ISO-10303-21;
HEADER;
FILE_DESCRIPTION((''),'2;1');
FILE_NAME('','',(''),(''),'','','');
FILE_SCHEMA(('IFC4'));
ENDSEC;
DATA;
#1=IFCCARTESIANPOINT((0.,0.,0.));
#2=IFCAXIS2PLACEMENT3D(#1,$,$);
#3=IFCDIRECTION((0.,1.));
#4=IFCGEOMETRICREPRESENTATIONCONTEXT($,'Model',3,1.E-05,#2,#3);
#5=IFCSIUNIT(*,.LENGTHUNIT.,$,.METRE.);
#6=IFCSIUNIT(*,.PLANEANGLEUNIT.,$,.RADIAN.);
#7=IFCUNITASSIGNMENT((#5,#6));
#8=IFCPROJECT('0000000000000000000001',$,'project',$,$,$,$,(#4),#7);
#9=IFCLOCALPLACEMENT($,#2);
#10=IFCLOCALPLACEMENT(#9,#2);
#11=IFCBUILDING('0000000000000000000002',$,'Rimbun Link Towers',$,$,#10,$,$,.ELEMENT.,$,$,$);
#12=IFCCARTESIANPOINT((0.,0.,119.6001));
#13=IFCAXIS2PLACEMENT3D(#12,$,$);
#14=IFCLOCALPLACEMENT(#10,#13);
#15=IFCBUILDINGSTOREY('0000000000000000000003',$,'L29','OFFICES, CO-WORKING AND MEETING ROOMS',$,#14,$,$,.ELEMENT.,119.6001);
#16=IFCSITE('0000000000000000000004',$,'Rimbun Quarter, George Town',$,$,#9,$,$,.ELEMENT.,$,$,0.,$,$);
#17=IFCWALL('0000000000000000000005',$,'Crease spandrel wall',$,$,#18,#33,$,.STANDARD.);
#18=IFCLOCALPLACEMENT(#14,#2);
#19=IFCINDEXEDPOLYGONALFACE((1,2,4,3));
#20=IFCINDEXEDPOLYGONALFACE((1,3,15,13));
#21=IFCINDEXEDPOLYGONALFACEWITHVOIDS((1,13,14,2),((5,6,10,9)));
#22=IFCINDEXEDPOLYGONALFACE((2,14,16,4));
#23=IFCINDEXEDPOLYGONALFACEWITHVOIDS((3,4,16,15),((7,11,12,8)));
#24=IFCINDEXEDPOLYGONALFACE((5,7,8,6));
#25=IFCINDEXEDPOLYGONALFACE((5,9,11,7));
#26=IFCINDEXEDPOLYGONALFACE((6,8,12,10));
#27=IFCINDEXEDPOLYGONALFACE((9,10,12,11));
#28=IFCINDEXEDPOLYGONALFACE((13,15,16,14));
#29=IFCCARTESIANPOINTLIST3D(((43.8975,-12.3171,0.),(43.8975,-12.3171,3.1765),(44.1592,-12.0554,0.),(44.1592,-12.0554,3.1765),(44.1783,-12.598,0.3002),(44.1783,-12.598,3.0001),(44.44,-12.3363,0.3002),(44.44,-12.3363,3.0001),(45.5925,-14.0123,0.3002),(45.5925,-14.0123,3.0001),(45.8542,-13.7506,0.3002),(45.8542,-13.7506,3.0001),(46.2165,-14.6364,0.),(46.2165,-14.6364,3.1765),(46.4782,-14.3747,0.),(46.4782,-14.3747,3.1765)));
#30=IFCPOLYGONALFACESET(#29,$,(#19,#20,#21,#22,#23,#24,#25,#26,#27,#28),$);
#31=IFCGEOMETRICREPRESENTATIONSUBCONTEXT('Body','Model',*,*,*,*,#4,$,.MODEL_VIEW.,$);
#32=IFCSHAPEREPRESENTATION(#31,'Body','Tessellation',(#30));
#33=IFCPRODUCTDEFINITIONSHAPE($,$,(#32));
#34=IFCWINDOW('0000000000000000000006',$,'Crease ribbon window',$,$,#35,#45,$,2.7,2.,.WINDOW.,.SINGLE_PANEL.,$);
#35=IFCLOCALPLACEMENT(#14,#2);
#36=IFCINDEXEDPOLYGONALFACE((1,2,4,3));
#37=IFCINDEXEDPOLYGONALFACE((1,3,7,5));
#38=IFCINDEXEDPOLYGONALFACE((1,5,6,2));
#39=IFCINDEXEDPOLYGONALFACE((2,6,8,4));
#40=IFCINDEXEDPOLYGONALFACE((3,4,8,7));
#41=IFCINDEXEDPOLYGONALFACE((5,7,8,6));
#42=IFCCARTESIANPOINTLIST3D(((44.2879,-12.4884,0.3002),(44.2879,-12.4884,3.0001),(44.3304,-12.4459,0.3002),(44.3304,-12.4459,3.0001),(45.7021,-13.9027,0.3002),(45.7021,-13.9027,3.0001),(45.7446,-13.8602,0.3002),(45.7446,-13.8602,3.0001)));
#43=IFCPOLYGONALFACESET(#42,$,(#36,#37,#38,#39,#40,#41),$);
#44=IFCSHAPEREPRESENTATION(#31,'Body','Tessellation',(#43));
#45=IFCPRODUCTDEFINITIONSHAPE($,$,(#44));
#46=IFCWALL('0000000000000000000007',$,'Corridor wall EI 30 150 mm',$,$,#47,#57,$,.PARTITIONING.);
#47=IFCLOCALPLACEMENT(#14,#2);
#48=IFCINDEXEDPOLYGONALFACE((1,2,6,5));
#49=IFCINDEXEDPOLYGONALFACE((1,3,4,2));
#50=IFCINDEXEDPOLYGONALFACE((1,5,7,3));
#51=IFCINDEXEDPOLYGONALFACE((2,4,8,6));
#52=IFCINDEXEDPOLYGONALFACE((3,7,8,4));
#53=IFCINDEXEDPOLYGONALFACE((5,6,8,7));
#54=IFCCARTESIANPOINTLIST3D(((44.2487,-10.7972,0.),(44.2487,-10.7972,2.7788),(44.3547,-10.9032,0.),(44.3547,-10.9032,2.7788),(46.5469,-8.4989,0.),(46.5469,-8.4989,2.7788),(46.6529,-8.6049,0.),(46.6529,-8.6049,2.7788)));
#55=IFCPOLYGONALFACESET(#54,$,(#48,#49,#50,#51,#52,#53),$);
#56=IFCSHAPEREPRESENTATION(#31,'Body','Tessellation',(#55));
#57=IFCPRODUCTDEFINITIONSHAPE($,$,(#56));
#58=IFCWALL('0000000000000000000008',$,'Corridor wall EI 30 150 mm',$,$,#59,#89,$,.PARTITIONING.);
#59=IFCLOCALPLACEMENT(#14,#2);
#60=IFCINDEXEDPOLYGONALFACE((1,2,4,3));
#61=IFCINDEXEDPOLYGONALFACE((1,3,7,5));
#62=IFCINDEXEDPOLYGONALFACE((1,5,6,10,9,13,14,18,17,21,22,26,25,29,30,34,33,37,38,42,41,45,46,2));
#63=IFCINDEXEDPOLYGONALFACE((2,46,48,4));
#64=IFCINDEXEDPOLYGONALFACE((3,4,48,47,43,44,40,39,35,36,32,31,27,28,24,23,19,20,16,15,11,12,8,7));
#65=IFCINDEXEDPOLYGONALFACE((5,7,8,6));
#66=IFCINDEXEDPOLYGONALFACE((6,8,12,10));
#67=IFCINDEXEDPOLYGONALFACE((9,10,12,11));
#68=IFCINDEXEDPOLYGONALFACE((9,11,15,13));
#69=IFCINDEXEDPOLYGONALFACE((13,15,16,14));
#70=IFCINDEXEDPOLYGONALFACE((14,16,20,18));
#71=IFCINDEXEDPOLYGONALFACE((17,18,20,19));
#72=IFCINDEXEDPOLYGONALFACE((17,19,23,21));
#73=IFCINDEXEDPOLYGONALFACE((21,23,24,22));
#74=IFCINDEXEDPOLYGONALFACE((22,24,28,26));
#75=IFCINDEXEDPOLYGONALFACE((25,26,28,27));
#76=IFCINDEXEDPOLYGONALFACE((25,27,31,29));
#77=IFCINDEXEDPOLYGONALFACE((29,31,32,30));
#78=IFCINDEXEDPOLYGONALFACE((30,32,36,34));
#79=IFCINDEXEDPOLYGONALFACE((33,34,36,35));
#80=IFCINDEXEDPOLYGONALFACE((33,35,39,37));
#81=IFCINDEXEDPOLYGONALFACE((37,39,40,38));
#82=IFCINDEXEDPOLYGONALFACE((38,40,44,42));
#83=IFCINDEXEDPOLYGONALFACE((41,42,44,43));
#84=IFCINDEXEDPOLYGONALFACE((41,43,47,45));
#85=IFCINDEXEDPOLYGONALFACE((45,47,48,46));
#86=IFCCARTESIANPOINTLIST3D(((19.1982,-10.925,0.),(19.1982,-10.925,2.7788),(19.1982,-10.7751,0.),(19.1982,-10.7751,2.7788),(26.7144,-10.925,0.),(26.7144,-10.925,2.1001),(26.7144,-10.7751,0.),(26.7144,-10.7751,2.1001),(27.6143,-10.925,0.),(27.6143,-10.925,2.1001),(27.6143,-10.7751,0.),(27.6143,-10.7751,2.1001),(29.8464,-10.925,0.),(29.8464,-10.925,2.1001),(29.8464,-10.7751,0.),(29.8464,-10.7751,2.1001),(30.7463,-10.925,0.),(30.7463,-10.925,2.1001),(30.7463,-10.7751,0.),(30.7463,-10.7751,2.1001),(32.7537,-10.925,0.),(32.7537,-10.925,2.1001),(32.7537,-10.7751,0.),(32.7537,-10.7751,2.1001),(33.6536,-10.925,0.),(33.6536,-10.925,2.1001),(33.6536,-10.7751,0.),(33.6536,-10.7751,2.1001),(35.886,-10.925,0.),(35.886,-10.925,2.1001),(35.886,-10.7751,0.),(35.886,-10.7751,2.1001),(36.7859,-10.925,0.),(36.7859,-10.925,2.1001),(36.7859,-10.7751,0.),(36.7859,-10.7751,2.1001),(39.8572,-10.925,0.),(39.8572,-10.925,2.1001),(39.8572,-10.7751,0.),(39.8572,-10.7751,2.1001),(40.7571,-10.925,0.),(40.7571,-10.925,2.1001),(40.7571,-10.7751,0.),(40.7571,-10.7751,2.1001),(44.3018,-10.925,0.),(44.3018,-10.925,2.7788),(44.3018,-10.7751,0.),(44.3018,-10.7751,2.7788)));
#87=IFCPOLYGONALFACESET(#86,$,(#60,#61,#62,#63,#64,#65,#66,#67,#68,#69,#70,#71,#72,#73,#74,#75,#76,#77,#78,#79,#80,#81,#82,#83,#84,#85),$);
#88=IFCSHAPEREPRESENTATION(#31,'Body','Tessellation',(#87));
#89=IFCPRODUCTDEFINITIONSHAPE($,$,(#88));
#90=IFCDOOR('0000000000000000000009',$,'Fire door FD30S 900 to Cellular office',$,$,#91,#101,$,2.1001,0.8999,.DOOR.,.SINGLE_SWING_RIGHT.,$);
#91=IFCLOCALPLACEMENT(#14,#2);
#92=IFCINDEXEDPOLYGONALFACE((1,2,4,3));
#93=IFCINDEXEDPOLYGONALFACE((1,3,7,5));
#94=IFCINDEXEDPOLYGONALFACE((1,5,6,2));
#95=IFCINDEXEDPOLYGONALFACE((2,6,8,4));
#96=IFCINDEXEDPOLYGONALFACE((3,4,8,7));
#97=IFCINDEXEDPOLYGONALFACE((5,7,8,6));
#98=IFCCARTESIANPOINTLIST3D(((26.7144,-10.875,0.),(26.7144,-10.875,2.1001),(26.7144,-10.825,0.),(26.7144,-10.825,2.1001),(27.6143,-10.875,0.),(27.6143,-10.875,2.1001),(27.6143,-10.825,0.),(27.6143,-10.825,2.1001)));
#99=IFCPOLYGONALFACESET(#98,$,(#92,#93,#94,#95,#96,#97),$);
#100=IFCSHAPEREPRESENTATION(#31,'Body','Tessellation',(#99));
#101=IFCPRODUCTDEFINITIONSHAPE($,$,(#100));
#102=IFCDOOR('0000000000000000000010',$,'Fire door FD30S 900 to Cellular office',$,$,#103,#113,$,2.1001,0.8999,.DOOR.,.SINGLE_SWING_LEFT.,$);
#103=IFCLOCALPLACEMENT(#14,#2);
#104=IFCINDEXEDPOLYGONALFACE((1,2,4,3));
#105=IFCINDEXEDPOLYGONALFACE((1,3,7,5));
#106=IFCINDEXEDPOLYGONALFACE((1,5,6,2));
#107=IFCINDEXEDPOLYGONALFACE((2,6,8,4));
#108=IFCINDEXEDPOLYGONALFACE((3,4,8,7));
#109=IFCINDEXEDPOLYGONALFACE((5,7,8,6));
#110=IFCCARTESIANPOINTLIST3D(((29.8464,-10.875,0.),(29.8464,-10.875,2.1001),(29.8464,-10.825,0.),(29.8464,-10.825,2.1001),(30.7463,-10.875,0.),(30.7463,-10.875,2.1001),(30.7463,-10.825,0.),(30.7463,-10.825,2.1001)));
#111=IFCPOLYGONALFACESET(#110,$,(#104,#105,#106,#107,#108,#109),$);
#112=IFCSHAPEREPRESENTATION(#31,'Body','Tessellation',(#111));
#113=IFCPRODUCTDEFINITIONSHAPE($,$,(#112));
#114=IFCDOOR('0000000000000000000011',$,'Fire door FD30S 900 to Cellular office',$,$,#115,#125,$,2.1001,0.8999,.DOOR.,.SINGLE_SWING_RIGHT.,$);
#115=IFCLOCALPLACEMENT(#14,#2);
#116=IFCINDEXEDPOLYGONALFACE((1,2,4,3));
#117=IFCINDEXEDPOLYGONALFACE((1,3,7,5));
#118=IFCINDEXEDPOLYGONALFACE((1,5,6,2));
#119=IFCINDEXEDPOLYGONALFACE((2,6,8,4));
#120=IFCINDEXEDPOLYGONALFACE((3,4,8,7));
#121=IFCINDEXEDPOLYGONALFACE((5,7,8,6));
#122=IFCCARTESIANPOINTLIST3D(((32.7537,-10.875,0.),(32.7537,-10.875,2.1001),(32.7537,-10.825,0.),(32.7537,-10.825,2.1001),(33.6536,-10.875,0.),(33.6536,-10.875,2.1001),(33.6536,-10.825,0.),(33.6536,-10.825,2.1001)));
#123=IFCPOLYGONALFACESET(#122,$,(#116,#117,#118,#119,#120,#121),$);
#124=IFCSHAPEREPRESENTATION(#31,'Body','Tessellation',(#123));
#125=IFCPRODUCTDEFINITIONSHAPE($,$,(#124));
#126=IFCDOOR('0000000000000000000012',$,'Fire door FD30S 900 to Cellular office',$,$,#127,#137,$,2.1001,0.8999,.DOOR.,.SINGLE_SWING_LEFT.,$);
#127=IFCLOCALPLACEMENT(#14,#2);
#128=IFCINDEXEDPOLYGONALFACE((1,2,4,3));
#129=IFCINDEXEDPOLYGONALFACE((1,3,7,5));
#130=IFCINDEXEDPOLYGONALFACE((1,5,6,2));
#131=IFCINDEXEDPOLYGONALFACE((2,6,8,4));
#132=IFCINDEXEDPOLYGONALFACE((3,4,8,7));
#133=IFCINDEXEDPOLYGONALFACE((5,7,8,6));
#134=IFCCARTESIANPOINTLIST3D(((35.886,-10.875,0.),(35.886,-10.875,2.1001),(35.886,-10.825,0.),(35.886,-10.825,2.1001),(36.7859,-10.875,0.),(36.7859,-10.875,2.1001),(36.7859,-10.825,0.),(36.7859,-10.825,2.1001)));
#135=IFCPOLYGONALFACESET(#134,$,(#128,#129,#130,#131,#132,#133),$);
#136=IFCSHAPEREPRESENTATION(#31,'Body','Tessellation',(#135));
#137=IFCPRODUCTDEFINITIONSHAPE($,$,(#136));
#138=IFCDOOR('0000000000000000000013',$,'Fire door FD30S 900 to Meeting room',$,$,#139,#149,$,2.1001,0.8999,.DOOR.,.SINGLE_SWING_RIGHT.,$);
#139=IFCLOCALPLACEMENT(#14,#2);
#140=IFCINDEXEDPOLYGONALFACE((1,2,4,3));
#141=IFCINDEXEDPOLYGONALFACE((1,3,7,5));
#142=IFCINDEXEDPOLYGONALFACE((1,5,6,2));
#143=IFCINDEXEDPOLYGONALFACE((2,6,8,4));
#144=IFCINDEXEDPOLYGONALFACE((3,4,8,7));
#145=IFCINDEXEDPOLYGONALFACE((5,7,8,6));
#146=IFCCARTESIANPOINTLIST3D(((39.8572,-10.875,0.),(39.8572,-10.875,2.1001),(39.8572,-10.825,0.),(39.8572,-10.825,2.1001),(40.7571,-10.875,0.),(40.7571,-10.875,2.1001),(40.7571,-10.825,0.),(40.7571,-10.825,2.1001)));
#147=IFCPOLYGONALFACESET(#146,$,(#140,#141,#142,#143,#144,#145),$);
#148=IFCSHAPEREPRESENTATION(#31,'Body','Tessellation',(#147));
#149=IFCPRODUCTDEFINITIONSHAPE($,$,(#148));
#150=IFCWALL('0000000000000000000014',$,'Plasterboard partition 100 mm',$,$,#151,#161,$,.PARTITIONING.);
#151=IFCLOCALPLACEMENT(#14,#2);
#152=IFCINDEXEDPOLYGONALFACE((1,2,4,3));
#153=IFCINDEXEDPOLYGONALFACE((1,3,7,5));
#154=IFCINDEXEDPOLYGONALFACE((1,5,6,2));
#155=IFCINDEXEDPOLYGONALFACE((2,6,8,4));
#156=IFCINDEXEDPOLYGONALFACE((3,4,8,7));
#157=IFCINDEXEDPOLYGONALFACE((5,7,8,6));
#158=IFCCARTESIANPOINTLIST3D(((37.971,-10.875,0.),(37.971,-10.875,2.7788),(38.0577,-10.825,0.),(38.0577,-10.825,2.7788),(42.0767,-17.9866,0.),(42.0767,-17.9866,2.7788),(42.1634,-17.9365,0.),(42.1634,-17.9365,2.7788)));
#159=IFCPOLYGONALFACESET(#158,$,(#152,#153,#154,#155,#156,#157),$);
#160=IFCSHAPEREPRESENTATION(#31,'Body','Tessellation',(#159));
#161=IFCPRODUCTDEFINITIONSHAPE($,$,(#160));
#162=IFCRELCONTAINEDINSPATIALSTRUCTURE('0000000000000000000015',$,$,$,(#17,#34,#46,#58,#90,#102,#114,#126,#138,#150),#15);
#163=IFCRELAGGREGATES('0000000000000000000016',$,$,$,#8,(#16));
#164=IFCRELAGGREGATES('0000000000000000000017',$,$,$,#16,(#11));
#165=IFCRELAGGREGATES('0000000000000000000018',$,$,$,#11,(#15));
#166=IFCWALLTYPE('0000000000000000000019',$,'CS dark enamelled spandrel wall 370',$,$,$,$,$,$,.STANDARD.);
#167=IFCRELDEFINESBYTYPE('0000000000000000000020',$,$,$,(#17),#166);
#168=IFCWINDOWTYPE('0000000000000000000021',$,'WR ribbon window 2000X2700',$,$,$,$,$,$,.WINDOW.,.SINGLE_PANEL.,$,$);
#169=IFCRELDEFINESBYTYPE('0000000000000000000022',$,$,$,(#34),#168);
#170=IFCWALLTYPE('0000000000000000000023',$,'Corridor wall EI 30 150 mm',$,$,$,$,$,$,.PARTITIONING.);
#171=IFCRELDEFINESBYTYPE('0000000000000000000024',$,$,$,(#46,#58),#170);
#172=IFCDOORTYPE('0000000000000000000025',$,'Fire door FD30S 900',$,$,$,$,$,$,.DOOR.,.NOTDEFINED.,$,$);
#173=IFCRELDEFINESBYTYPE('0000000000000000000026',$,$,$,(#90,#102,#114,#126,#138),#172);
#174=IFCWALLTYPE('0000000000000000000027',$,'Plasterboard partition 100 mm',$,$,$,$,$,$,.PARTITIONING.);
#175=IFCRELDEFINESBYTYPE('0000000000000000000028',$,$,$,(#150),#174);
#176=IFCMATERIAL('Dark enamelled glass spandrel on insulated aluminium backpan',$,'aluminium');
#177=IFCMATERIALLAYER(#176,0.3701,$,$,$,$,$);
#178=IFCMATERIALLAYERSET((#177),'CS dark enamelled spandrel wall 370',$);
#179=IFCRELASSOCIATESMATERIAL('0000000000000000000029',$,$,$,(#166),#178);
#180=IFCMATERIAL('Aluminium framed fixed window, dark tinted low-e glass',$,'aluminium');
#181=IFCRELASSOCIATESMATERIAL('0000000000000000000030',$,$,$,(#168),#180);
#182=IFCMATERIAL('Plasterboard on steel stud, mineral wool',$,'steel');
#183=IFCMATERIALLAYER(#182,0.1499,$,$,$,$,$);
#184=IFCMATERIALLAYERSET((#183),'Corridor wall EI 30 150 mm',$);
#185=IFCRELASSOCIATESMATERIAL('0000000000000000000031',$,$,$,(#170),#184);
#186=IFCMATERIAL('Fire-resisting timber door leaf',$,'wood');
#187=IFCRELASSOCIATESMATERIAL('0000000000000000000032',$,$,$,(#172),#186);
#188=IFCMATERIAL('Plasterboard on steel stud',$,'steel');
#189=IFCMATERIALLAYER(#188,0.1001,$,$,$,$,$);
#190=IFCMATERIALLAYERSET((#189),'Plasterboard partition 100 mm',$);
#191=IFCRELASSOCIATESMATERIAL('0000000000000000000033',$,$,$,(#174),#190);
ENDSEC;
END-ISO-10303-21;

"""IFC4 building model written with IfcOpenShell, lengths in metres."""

from ifc_helpers import new_model, si_unit, direction, frame, frame_2d, origin, place, context, subcontext, project, spatial, rectangle, extrude, material, layer, layer_set, type_object, element, fill, save


model = new_model("IFC4")

# Units and contexts
model_context = context("Model", 3, precision=1e-05, world=origin(), true_north=direction((0.0, 1.0)))
body_context = subcontext(model_context, "Body", "Model", "MODEL_VIEW")
ifc_project = project(units=[si_unit("LENGTHUNIT", "METRE"), si_unit("PLANEANGLEUNIT", "RADIAN")], contexts=[model_context])

# Site, building, storey
site_placement = place(None, origin())
site = spatial("IfcSite", under=ifc_project, at=site_placement, Name="Rimbun Quarter, George Town", CompositionType="ELEMENT", RefElevation=0.0)
building_placement = place(site_placement, origin())
building = spatial("IfcBuilding", under=site, at=building_placement, Name="Rimbun Link Towers", CompositionType="ELEMENT")
storey_placement = place(building_placement, frame((0.0, 0.0, 119.6001)))
storey = spatial("IfcBuildingStorey", under=building, at=storey_placement, Name="L29", Description="OFFICES, CO-WORKING AND MEETING ROOMS", CompositionType="ELEMENT", Elevation=119.6001)

# Wall, opening, window
ifc_material_1 = material(Name="Dark enamelled glass spandrel on insulated aluminium backpan", Category="aluminium")
ifc_layer_1 = layer(ifc_material_1, 0.3701)
ifc_layer_set_1 = layer_set([ifc_layer_1], Name="CS dark enamelled spandrel wall 370")
wall_type_1 = type_object("IfcWallType", Name="CS dark enamelled spandrel wall 370", PredefinedType="STANDARD", material=ifc_layer_set_1)
wall_1_placement = place(storey_placement, frame((44.0283, -12.1863, 0.0), z_axis=(0.0, 0.0, 1.0), x_axis=(0.70707, -0.707144, 0.0)))
wall_1 = element("IfcWall", 1, at=wall_1_placement, inside=storey, type_object=wall_type_1, Name="Crease spandrel wall", PredefinedType="STANDARD", context=body_context, shape_type="SweptSolid", body=[
    extrude(rectangle(XDim=3.2798, YDim=0.3701, at=frame_2d((1.6399, 0.0))), origin(), (0.0, 0.0, 1.0), 3.1765),
])
opening_1_placement = place(wall_1_placement, frame((0.3972, 0.0, 0.3)))
opening_1 = element("IfcOpeningElement", 2, at=opening_1_placement, cuts=wall_1, PredefinedType="OPENING", context=body_context, shape_type="SweptSolid", body=[
    extrude(rectangle(XDim=2.0, YDim=2.7, at=frame_2d((1.0, 1.3501))), frame((0.0, 0.1951, 0.0), z_axis=(0.0, -1.0, 0.0), x_axis=(1.0, 0.0, 0.0)), (0.0, 0.0, 1.0), 0.3901),
])
ifc_material_2 = material(Name="Aluminium framed fixed window, dark tinted low-e glass", Category="aluminium")
window_type_1 = type_object("IfcWindowType", Name="WR ribbon window 2000X2700", PartitioningType="SINGLE_PANEL", PredefinedType="WINDOW", material=ifc_material_2)
window_1_placement = place(opening_1_placement, origin())
window_1 = element("IfcWindow", 3, at=window_1_placement, inside=storey, type_object=window_type_1, Name="Crease ribbon window", OverallHeight=2.7, OverallWidth=2.0, PartitioningType="SINGLE_PANEL", PredefinedType="WINDOW", context=body_context, shape_type="SweptSolid", body=[
    extrude(rectangle(XDim=2.0, YDim=2.7, at=frame_2d((1.0, 1.3501))), frame((0.0, 0.03, 0.0), z_axis=(0.0, -1.0, 0.0), x_axis=(1.0, 0.0, 0.0)), (0.0, 0.0, 1.0), 0.0601),
])
fill(opening_1, window_1)

# Wall
ifc_material_3 = material(Name="Plasterboard on steel stud, mineral wool", Category="steel")
ifc_layer_2 = layer(ifc_material_3, 0.1499)
ifc_layer_set_2 = layer_set([ifc_layer_2], Name="Corridor wall EI 30 150 mm")
wall_type_2 = type_object("IfcWallType", Name="Corridor wall EI 30 150 mm", PredefinedType="PARTITIONING", material=ifc_layer_set_2)
wall_2_placement = place(storey_placement, frame((44.3018, -10.8501, 0.0), z_axis=(0.0, 0.0, 1.0), x_axis=(0.707107, 0.707107, 0.0)))
element("IfcWall", 4, at=wall_2_placement, inside=storey, type_object=wall_type_2, Name="Corridor wall EI 30 150 mm", PredefinedType="PARTITIONING", context=body_context, shape_type="SweptSolid", body=[
    extrude(rectangle(XDim=3.2502, YDim=0.1499, at=frame_2d((1.625, 0.0))), origin(), (0.0, 0.0, 1.0), 2.7788),
])

# Wall, openings, doors
wall_3_placement = place(storey_placement, frame((44.3018, -10.8501, 0.0), z_axis=(0.0, 0.0, 1.0), x_axis=(-1.0, 0.0, 0.0)))
wall_3 = element("IfcWall", 5, at=wall_3_placement, inside=storey, type_object=wall_type_2, Name="Corridor wall EI 30 150 mm", PredefinedType="PARTITIONING", context=body_context, shape_type="SweptSolid", body=[
    extrude(rectangle(XDim=25.1035, YDim=0.1499, at=frame_2d((12.5518, 0.0))), origin(), (0.0, 0.0, 1.0), 2.7788),
])
opening_2_placement = place(wall_3_placement, frame((16.6875, 0.0, 0.0)))
opening_2 = element("IfcOpeningElement", 6, at=opening_2_placement, cuts=wall_3, PredefinedType="OPENING", context=body_context, shape_type="SweptSolid", body=[
    extrude(rectangle(XDim=0.8999, YDim=2.1001, at=frame_2d((0.45, 1.05))), frame((0.0, 0.085, 0.0), z_axis=(0.0, -1.0, 0.0), x_axis=(1.0, 0.0, 0.0)), (0.0, 0.0, 1.0), 0.1699),
])
opening_3_placement = place(wall_3_placement, frame((13.5554, 0.0, 0.0)))
opening_3 = element("IfcOpeningElement", 7, at=opening_3_placement, cuts=wall_3, PredefinedType="OPENING", context=body_context, shape_type="SweptSolid", body=[
    extrude(rectangle(XDim=0.8999, YDim=2.1001, at=frame_2d((0.45, 1.05))), frame((0.0, 0.085, 0.0), z_axis=(0.0, -1.0, 0.0), x_axis=(1.0, 0.0, 0.0)), (0.0, 0.0, 1.0), 0.1699),
])
opening_4_placement = place(wall_3_placement, frame((10.6482, 0.0, 0.0)))
opening_4 = element("IfcOpeningElement", 8, at=opening_4_placement, cuts=wall_3, PredefinedType="OPENING", context=body_context, shape_type="SweptSolid", body=[
    extrude(rectangle(XDim=0.8999, YDim=2.1001, at=frame_2d((0.45, 1.05))), frame((0.0, 0.085, 0.0), z_axis=(0.0, -1.0, 0.0), x_axis=(1.0, 0.0, 0.0)), (0.0, 0.0, 1.0), 0.1699),
])
opening_5_placement = place(wall_3_placement, frame((7.5159, 0.0, 0.0)))
opening_5 = element("IfcOpeningElement", 9, at=opening_5_placement, cuts=wall_3, PredefinedType="OPENING", context=body_context, shape_type="SweptSolid", body=[
    extrude(rectangle(XDim=0.8999, YDim=2.1001, at=frame_2d((0.45, 1.05))), frame((0.0, 0.085, 0.0), z_axis=(0.0, -1.0, 0.0), x_axis=(1.0, 0.0, 0.0)), (0.0, 0.0, 1.0), 0.1699),
])
opening_6_placement = place(wall_3_placement, frame((3.5447, 0.0, 0.0)))
opening_6 = element("IfcOpeningElement", 10, at=opening_6_placement, cuts=wall_3, PredefinedType="OPENING", context=body_context, shape_type="SweptSolid", body=[
    extrude(rectangle(XDim=0.8999, YDim=2.1001, at=frame_2d((0.45, 1.05))), frame((0.0, 0.085, 0.0), z_axis=(0.0, -1.0, 0.0), x_axis=(1.0, 0.0, 0.0)), (0.0, 0.0, 1.0), 0.1699),
])
ifc_material_4 = material(Name="Fire-resisting timber door leaf", Category="wood")
door_type = type_object("IfcDoorType", Name="Fire door FD30S 900", OperationType="NOTDEFINED", PredefinedType="DOOR", material=ifc_material_4)
door_1_placement = place(opening_2_placement, origin())
door_1 = element("IfcDoor", 11, at=door_1_placement, inside=storey, type_object=door_type, Name="Fire door FD30S 900 to Cellular office", OperationType="SINGLE_SWING_RIGHT", OverallHeight=2.1001, OverallWidth=0.8999, PredefinedType="DOOR", context=body_context, shape_type="SweptSolid", body=[
    extrude(rectangle(XDim=0.8999, YDim=2.1001, at=frame_2d((0.45, 1.05))), frame((0.0, 0.0249, 0.0), z_axis=(0.0, -1.0, 0.0), x_axis=(1.0, 0.0, 0.0)), (0.0, 0.0, 1.0), 0.05),
])
fill(opening_2, door_1)
door_2_placement = place(opening_3_placement, origin())
door_2 = element("IfcDoor", 12, at=door_2_placement, inside=storey, type_object=door_type, Name="Fire door FD30S 900 to Cellular office", OperationType="SINGLE_SWING_LEFT", OverallHeight=2.1001, OverallWidth=0.8999, PredefinedType="DOOR", context=body_context, shape_type="SweptSolid", body=[
    extrude(rectangle(XDim=0.8999, YDim=2.1001, at=frame_2d((0.45, 1.05))), frame((0.0, 0.0249, 0.0), z_axis=(0.0, -1.0, 0.0), x_axis=(1.0, 0.0, 0.0)), (0.0, 0.0, 1.0), 0.05),
])
fill(opening_3, door_2)
door_3_placement = place(opening_4_placement, origin())
door_3 = element("IfcDoor", 13, at=door_3_placement, inside=storey, type_object=door_type, Name="Fire door FD30S 900 to Cellular office", OperationType="SINGLE_SWING_RIGHT", OverallHeight=2.1001, OverallWidth=0.8999, PredefinedType="DOOR", context=body_context, shape_type="SweptSolid", body=[
    extrude(rectangle(XDim=0.8999, YDim=2.1001, at=frame_2d((0.45, 1.05))), frame((0.0, 0.0249, 0.0), z_axis=(0.0, -1.0, 0.0), x_axis=(1.0, 0.0, 0.0)), (0.0, 0.0, 1.0), 0.05),
])
fill(opening_4, door_3)
door_4_placement = place(opening_5_placement, origin())
door_4 = element("IfcDoor", 14, at=door_4_placement, inside=storey, type_object=door_type, Name="Fire door FD30S 900 to Cellular office", OperationType="SINGLE_SWING_LEFT", OverallHeight=2.1001, OverallWidth=0.8999, PredefinedType="DOOR", context=body_context, shape_type="SweptSolid", body=[
    extrude(rectangle(XDim=0.8999, YDim=2.1001, at=frame_2d((0.45, 1.05))), frame((0.0, 0.0249, 0.0), z_axis=(0.0, -1.0, 0.0), x_axis=(1.0, 0.0, 0.0)), (0.0, 0.0, 1.0), 0.05),
])
fill(opening_5, door_4)
door_5_placement = place(opening_6_placement, origin())
door_5 = element("IfcDoor", 15, at=door_5_placement, inside=storey, type_object=door_type, Name="Fire door FD30S 900 to Meeting room", OperationType="SINGLE_SWING_RIGHT", OverallHeight=2.1001, OverallWidth=0.8999, PredefinedType="DOOR", context=body_context, shape_type="SweptSolid", body=[
    extrude(rectangle(XDim=0.8999, YDim=2.1001, at=frame_2d((0.45, 1.05))), frame((0.0, 0.0249, 0.0), z_axis=(0.0, -1.0, 0.0), x_axis=(1.0, 0.0, 0.0)), (0.0, 0.0, 1.0), 0.05),
])
fill(opening_6, door_5)

# Wall
ifc_material_5 = material(Name="Plasterboard on steel stud", Category="steel")
ifc_layer_3 = layer(ifc_material_5, 0.1001)
ifc_layer_set_3 = layer_set([ifc_layer_3], Name="Plasterboard partition 100 mm")
wall_type_3 = type_object("IfcWallType", Name="Plasterboard partition 100 mm", PredefinedType="PARTITIONING", material=ifc_layer_set_3)
wall_4_placement = place(storey_placement, frame((42.1201, -17.9617, 0.0), z_axis=(0.0, 0.0, 1.0), x_axis=(-0.499986, 0.866034, 0.0)))
element("IfcWall", 16, at=wall_4_placement, inside=storey, type_object=wall_type_3, Name="Plasterboard partition 100 mm", PredefinedType="PARTITIONING", context=body_context, shape_type="SweptSolid", body=[
    extrude(rectangle(XDim=8.2117, YDim=0.1001, at=frame_2d((4.106, 0.0))), origin(), (0.0, 0.0, 1.0), 2.7788),
])

save(model, "model.ifc")
